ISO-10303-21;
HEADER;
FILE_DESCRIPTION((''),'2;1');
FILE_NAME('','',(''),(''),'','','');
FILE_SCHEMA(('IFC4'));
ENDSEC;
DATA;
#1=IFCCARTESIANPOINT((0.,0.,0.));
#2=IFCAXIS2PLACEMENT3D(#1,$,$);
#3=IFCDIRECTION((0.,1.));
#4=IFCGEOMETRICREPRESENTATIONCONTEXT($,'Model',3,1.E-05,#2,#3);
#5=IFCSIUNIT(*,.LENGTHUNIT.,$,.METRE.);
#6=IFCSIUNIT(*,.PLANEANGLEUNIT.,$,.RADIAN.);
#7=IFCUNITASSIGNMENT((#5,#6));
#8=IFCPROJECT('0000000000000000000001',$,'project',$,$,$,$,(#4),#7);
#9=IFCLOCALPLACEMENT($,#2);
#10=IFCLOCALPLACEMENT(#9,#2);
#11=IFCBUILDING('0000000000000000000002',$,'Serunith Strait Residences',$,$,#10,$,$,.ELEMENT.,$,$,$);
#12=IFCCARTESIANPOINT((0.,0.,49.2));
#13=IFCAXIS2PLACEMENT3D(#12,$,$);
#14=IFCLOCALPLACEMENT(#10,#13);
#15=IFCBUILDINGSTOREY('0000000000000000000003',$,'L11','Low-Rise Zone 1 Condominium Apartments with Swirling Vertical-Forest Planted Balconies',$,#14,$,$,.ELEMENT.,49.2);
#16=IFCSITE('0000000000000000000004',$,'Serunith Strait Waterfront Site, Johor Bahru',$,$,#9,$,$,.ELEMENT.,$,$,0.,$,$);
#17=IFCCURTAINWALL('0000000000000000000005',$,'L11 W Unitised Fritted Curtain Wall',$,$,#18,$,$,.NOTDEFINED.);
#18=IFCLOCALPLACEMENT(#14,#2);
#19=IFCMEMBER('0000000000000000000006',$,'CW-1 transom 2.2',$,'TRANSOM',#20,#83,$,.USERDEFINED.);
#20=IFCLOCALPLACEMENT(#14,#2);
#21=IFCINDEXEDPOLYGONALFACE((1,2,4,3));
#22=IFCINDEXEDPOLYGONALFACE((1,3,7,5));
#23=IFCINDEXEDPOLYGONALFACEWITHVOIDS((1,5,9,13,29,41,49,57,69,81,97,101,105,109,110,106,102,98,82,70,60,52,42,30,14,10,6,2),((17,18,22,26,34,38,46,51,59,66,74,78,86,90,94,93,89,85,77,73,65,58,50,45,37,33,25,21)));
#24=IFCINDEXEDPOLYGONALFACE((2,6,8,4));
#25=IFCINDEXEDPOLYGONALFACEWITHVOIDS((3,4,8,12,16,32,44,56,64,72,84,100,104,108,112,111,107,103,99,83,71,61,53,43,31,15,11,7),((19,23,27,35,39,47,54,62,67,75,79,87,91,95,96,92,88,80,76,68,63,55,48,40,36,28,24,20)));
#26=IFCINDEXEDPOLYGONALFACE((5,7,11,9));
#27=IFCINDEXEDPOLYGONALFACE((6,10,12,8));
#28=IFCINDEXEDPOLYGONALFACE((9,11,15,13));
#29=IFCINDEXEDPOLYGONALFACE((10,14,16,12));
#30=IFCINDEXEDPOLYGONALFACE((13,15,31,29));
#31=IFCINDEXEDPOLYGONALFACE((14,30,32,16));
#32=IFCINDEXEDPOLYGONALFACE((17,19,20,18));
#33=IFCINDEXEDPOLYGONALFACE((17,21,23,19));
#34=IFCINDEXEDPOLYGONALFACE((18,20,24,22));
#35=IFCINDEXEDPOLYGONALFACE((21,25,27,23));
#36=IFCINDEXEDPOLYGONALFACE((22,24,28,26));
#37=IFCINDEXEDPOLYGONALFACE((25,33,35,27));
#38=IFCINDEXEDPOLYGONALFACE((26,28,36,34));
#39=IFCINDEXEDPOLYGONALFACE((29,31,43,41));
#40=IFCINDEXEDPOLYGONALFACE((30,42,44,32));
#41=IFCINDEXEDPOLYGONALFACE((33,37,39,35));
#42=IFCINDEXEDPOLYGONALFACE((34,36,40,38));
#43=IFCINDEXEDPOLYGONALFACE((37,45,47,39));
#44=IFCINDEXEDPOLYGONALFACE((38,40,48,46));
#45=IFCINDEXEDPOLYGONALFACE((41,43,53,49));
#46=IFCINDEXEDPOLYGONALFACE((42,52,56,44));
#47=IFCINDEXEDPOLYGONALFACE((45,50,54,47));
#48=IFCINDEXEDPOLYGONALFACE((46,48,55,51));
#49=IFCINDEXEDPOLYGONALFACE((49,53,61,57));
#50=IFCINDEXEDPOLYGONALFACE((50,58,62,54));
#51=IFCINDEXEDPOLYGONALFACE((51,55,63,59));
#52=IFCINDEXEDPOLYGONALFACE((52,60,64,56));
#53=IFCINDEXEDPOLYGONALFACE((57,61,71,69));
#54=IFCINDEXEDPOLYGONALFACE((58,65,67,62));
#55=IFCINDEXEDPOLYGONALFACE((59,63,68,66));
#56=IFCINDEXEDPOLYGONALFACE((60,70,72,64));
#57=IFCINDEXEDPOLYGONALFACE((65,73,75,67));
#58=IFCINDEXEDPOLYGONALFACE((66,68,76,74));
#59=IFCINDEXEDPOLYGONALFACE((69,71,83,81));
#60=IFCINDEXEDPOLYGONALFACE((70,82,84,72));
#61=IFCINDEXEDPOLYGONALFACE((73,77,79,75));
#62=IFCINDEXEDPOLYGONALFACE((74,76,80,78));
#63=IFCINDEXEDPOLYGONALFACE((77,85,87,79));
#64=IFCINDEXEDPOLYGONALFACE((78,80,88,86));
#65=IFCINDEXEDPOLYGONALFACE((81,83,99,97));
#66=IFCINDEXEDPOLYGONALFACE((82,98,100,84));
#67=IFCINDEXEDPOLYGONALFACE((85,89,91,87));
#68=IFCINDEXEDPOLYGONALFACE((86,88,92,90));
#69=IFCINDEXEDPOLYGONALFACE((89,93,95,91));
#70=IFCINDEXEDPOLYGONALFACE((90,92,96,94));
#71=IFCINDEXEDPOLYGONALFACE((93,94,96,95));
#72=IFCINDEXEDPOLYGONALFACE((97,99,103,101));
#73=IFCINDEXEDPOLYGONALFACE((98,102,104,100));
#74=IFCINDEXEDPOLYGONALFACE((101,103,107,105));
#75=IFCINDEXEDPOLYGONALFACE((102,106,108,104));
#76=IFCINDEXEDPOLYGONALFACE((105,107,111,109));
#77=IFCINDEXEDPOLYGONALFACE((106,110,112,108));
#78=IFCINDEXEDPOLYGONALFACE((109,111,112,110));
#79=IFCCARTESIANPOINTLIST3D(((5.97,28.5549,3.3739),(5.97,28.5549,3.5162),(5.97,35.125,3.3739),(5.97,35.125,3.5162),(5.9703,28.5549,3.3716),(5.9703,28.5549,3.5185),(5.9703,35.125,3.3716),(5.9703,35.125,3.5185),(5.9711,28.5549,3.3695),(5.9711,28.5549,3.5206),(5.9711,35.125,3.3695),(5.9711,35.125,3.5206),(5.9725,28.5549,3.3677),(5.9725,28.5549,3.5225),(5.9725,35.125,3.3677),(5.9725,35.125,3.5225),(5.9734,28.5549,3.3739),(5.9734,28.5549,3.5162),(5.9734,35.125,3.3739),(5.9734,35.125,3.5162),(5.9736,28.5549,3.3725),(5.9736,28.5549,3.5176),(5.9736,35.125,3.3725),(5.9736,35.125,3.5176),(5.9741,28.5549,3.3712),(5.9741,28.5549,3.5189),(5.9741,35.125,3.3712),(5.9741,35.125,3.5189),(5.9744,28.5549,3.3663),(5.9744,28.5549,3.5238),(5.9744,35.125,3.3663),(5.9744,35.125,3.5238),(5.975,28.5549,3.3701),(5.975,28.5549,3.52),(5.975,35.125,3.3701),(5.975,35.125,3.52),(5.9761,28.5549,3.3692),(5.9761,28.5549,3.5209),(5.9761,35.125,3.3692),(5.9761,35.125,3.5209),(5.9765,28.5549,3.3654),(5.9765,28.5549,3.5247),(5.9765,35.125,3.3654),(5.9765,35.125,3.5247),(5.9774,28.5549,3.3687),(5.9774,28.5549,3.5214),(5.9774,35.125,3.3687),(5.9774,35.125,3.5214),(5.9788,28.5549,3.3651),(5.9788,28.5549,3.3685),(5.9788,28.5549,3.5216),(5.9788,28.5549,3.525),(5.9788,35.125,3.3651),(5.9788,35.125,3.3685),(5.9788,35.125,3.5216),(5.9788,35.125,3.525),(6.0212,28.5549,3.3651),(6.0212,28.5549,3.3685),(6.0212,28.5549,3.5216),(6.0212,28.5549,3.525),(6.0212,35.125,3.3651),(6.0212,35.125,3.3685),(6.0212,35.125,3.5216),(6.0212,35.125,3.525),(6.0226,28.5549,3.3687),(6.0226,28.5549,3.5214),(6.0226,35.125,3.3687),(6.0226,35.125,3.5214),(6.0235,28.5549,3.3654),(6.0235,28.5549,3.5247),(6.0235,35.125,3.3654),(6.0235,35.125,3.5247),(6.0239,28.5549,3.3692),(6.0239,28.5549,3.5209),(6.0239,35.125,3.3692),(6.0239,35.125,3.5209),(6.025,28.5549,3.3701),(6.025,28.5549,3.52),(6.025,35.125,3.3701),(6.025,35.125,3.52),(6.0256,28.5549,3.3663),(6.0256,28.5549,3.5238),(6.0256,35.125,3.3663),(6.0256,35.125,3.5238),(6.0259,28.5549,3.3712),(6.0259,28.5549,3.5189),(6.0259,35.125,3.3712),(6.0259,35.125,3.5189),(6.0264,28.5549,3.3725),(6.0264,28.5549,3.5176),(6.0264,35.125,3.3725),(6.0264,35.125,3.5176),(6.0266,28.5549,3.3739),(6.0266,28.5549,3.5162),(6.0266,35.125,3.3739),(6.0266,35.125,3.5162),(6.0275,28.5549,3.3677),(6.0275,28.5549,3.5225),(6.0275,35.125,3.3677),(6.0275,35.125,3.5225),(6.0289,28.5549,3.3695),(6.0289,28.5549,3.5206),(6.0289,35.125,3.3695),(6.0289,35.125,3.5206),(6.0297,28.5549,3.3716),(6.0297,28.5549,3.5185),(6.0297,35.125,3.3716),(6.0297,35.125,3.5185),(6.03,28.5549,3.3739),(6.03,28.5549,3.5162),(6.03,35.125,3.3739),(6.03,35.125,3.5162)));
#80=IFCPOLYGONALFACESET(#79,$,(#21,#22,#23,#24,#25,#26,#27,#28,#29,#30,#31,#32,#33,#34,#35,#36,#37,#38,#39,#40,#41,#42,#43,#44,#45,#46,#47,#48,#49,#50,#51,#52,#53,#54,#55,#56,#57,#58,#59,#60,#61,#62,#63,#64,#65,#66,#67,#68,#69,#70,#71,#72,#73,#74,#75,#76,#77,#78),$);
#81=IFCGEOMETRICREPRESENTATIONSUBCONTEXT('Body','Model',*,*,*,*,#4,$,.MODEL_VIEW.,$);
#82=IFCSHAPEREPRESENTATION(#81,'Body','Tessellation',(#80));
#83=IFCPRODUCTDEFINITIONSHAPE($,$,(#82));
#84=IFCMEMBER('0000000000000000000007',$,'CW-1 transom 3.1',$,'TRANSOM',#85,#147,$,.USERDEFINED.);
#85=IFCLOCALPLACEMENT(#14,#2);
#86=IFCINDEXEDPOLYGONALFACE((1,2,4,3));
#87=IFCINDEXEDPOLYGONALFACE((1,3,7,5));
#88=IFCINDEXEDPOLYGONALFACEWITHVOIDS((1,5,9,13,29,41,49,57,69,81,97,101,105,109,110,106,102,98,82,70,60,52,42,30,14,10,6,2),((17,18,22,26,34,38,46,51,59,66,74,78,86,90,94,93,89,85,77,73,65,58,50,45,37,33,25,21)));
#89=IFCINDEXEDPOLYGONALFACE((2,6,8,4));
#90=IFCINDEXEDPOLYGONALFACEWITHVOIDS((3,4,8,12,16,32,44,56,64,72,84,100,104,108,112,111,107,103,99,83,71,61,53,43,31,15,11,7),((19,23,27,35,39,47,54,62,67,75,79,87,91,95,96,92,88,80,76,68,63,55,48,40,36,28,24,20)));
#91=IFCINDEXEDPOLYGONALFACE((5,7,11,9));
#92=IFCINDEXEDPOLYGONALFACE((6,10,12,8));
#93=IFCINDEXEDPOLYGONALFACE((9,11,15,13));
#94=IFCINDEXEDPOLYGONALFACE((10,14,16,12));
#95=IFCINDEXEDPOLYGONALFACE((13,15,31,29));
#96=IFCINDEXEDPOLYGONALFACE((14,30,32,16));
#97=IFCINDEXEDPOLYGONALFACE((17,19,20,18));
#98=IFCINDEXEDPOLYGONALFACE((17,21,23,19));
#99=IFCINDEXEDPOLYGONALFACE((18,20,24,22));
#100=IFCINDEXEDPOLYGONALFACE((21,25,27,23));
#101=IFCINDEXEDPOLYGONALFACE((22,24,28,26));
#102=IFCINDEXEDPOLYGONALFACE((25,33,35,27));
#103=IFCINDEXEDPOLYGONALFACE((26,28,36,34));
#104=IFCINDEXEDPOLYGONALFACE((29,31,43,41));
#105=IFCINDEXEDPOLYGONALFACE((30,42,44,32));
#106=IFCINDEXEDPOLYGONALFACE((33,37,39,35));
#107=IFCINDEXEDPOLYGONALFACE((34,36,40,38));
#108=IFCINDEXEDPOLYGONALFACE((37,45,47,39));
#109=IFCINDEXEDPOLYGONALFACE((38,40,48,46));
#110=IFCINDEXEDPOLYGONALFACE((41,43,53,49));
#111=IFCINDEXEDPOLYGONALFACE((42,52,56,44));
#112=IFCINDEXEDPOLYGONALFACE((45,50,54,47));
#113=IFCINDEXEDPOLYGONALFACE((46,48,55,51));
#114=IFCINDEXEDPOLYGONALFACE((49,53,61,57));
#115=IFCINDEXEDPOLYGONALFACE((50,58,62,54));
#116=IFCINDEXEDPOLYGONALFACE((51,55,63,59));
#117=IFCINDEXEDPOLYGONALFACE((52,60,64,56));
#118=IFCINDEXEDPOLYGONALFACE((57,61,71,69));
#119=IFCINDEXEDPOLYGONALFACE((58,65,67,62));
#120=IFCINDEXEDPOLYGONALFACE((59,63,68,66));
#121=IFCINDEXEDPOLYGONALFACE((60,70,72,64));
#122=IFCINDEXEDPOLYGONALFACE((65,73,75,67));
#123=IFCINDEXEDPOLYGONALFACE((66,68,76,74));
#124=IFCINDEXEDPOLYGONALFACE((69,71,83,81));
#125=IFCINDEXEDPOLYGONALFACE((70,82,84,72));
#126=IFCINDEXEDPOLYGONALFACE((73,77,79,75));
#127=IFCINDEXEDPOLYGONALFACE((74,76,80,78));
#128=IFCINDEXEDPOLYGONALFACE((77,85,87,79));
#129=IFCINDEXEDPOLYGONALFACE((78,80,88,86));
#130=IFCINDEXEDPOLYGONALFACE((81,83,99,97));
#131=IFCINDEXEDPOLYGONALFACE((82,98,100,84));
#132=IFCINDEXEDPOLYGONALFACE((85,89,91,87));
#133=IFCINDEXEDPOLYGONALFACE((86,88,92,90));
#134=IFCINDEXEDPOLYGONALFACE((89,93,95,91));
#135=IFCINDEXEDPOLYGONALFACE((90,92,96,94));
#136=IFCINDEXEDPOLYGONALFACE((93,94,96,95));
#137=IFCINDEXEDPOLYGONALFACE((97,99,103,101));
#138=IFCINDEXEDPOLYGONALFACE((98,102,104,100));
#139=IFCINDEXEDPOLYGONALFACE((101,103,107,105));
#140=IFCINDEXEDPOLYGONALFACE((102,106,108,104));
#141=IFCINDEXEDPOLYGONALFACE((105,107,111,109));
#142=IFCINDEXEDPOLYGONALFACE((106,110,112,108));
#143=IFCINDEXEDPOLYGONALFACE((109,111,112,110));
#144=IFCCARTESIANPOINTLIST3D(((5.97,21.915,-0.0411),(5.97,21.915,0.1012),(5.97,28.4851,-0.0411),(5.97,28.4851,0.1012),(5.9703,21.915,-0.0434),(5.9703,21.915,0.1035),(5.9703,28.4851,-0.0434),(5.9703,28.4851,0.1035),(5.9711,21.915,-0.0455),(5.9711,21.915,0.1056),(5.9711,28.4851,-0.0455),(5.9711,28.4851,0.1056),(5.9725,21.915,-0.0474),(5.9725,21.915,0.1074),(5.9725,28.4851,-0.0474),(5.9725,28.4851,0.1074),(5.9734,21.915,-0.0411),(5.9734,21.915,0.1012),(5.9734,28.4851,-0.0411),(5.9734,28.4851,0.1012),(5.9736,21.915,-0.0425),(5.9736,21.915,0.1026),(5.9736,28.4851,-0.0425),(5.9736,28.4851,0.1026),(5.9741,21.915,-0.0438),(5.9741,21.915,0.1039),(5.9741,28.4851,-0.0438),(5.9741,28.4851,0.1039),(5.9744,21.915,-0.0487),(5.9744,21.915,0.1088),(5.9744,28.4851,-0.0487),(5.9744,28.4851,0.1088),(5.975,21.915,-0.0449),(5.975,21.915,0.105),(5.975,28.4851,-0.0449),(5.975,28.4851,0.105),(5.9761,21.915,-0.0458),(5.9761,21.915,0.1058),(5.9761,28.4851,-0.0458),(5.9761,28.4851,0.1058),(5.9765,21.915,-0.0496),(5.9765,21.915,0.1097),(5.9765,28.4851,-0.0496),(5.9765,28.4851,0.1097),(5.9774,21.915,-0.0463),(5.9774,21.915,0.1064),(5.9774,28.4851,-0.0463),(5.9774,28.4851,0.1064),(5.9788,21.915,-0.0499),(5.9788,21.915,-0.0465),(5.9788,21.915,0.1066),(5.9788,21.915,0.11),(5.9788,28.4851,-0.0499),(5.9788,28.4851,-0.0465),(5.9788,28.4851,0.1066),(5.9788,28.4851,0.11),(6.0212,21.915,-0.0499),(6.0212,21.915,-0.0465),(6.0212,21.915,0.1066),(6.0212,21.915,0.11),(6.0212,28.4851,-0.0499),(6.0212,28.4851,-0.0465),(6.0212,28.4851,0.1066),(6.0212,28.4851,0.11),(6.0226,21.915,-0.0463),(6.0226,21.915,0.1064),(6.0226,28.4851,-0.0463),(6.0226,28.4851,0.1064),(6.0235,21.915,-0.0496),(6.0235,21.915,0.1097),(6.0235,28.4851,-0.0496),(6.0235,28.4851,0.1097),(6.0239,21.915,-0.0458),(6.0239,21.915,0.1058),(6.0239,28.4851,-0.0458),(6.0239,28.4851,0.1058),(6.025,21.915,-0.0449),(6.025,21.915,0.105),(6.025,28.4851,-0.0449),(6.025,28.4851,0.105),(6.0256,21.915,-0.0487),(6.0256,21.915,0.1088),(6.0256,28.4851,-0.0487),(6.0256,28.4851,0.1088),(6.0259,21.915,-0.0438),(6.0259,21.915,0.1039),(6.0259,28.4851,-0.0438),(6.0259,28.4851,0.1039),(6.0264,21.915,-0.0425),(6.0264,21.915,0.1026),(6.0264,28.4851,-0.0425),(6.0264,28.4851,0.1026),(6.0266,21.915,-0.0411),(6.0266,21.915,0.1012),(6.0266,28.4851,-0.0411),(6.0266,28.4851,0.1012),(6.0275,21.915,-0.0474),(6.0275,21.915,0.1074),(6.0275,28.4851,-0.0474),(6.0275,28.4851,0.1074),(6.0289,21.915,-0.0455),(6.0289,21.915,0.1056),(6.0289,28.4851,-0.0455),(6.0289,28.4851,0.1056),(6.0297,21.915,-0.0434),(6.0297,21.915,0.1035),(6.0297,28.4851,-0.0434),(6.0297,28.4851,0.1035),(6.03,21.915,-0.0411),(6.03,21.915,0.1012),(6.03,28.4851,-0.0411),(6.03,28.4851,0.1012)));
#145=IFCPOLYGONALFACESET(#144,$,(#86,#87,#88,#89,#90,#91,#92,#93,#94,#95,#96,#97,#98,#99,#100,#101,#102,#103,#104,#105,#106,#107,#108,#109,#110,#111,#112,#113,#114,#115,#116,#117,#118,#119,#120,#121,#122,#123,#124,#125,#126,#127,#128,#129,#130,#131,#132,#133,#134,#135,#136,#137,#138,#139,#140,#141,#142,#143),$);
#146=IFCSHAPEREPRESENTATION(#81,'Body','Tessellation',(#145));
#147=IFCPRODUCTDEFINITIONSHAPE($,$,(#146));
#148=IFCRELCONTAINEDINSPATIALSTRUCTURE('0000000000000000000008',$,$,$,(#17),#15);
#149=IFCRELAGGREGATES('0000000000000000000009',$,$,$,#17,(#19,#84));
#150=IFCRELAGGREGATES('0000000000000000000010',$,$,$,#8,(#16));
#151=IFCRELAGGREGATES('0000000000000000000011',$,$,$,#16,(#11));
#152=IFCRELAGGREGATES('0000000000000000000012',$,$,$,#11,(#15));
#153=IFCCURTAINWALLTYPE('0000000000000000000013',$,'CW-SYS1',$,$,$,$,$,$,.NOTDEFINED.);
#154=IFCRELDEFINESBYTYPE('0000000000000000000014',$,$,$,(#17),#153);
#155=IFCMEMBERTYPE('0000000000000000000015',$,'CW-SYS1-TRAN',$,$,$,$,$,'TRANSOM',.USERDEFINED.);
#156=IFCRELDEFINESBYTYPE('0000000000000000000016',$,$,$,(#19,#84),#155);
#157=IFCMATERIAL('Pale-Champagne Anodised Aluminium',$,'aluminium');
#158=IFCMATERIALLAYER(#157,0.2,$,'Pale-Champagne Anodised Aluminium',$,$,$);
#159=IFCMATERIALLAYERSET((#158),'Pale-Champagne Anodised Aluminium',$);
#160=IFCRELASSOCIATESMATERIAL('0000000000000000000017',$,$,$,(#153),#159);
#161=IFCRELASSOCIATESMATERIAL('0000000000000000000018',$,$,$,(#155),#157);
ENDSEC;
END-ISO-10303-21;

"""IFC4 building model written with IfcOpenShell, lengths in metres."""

from ifc_helpers import new_model, si_unit, direction, frame, origin, origin_2d, place, context, subcontext, project, spatial, hollow_rectangle, extrude, source, transform, mapped, material, layer, layer_set, material_profile, profile_set, type_object, element, aggregate, save


model = new_model("IFC4")

# Units and contexts
model_context = context("Model", 3, precision=1e-05, world=origin(), true_north=direction((0.0, 1.0)))
body_context = subcontext(model_context, "Body", "Model", "MODEL_VIEW")
ifc_project = project(units=[si_unit("LENGTHUNIT", "METRE"), si_unit("PLANEANGLEUNIT", "RADIAN")], contexts=[model_context])

# Site, building, storey
site_placement = place(None, origin())
site = spatial("IfcSite", under=ifc_project, at=site_placement, Name="Serunith Strait Waterfront Site, Johor Bahru", CompositionType="ELEMENT", RefElevation=0.0)
building_placement = place(site_placement, origin())
building = spatial("IfcBuilding", under=site, at=building_placement, Name="Serunith Strait Residences", CompositionType="ELEMENT")
storey_placement = place(building_placement, frame((0.0, 0.0, 49.2)))
storey = spatial("IfcBuildingStorey", under=building, at=storey_placement, Name="L11", Description="Low-Rise Zone 1 Condominium Apartments with Swirling Vertical-Forest Planted Balconies", CompositionType="ELEMENT", Elevation=49.2)

# Curtain wall, members
ifc_material_1 = material(Name="Pale-Champagne Anodised Aluminium", Category="aluminium")
ifc_layer_1 = layer(ifc_material_1, 0.2, Name="Pale-Champagne Anodised Aluminium")
ifc_layer_set_1 = layer_set([ifc_layer_1], Name="Pale-Champagne Anodised Aluminium")
curtain_wall_type = type_object("IfcCurtainWallType", Name="CW-SYS1", PredefinedType="NOTDEFINED", material=ifc_layer_set_1)
curtain_wall_placement = place(storey_placement, origin())
curtain_wall = element("IfcCurtainWall", 1, at=curtain_wall_placement, inside=storey, type_object=curtain_wall_type, Name="L11 W Unitised Fritted Curtain Wall", PredefinedType="NOTDEFINED")
ifc_material_profile_1 = material_profile(ifc_material_1, hollow_rectangle(XDim=0.0601, YDim=0.1599, WallThickness=0.0034, InnerFilletRadius=0.0054, OuterFilletRadius=0.0088, at=origin_2d()), Name="ALU 160x60x3.5")
ifc_profile_set_1 = profile_set([ifc_material_profile_1], Name="Pale-Champagne Anodised Aluminium")
member_type_1 = type_object("IfcMemberType", Name="CW-SYS1-TRAN", ElementType="TRANSOM", PredefinedType="USERDEFINED", material=ifc_profile_set_1)
shared_shape_1 = source(origin(), body_context, "Body", "SweptSolid", [
    extrude(hollow_rectangle(XDim=0.0601, YDim=0.1599, WallThickness=0.0034, InnerFilletRadius=0.0054, OuterFilletRadius=0.0088, at=origin_2d()), origin(), (0.0, 0.0, 1.0), 6.5701),
])
member_1_placement = place(storey_placement, frame((6.0, 35.125, 3.4451), z_axis=(0.0, -1.0, 0.0), x_axis=(1.0, 0.0, 0.0)))
member_1 = element("IfcMember", 2, at=member_1_placement, type_object=member_type_1, Name="CW-1 transom 2.2", ObjectType="TRANSOM", PredefinedType="USERDEFINED", context=body_context, shape_type="MappedRepresentation", body=[
    mapped(shared_shape_1, transform((0.0, 0.0, 0.0), scale=1.0)),
])
member_2_placement = place(storey_placement, frame((6.0, 28.4851, 0.03), z_axis=(0.0, -1.0, 0.0), x_axis=(1.0, 0.0, 0.0)))
member_2 = element("IfcMember", 3, at=member_2_placement, type_object=member_type_1, Name="CW-1 transom 3.1", ObjectType="TRANSOM", PredefinedType="USERDEFINED", context=body_context, shape_type="MappedRepresentation", body=[
    mapped(shared_shape_1, transform((0.0, 0.0, 0.0), scale=1.0)),
])
aggregate(curtain_wall, [member_1, member_2])

save(model, "model.ifc")
